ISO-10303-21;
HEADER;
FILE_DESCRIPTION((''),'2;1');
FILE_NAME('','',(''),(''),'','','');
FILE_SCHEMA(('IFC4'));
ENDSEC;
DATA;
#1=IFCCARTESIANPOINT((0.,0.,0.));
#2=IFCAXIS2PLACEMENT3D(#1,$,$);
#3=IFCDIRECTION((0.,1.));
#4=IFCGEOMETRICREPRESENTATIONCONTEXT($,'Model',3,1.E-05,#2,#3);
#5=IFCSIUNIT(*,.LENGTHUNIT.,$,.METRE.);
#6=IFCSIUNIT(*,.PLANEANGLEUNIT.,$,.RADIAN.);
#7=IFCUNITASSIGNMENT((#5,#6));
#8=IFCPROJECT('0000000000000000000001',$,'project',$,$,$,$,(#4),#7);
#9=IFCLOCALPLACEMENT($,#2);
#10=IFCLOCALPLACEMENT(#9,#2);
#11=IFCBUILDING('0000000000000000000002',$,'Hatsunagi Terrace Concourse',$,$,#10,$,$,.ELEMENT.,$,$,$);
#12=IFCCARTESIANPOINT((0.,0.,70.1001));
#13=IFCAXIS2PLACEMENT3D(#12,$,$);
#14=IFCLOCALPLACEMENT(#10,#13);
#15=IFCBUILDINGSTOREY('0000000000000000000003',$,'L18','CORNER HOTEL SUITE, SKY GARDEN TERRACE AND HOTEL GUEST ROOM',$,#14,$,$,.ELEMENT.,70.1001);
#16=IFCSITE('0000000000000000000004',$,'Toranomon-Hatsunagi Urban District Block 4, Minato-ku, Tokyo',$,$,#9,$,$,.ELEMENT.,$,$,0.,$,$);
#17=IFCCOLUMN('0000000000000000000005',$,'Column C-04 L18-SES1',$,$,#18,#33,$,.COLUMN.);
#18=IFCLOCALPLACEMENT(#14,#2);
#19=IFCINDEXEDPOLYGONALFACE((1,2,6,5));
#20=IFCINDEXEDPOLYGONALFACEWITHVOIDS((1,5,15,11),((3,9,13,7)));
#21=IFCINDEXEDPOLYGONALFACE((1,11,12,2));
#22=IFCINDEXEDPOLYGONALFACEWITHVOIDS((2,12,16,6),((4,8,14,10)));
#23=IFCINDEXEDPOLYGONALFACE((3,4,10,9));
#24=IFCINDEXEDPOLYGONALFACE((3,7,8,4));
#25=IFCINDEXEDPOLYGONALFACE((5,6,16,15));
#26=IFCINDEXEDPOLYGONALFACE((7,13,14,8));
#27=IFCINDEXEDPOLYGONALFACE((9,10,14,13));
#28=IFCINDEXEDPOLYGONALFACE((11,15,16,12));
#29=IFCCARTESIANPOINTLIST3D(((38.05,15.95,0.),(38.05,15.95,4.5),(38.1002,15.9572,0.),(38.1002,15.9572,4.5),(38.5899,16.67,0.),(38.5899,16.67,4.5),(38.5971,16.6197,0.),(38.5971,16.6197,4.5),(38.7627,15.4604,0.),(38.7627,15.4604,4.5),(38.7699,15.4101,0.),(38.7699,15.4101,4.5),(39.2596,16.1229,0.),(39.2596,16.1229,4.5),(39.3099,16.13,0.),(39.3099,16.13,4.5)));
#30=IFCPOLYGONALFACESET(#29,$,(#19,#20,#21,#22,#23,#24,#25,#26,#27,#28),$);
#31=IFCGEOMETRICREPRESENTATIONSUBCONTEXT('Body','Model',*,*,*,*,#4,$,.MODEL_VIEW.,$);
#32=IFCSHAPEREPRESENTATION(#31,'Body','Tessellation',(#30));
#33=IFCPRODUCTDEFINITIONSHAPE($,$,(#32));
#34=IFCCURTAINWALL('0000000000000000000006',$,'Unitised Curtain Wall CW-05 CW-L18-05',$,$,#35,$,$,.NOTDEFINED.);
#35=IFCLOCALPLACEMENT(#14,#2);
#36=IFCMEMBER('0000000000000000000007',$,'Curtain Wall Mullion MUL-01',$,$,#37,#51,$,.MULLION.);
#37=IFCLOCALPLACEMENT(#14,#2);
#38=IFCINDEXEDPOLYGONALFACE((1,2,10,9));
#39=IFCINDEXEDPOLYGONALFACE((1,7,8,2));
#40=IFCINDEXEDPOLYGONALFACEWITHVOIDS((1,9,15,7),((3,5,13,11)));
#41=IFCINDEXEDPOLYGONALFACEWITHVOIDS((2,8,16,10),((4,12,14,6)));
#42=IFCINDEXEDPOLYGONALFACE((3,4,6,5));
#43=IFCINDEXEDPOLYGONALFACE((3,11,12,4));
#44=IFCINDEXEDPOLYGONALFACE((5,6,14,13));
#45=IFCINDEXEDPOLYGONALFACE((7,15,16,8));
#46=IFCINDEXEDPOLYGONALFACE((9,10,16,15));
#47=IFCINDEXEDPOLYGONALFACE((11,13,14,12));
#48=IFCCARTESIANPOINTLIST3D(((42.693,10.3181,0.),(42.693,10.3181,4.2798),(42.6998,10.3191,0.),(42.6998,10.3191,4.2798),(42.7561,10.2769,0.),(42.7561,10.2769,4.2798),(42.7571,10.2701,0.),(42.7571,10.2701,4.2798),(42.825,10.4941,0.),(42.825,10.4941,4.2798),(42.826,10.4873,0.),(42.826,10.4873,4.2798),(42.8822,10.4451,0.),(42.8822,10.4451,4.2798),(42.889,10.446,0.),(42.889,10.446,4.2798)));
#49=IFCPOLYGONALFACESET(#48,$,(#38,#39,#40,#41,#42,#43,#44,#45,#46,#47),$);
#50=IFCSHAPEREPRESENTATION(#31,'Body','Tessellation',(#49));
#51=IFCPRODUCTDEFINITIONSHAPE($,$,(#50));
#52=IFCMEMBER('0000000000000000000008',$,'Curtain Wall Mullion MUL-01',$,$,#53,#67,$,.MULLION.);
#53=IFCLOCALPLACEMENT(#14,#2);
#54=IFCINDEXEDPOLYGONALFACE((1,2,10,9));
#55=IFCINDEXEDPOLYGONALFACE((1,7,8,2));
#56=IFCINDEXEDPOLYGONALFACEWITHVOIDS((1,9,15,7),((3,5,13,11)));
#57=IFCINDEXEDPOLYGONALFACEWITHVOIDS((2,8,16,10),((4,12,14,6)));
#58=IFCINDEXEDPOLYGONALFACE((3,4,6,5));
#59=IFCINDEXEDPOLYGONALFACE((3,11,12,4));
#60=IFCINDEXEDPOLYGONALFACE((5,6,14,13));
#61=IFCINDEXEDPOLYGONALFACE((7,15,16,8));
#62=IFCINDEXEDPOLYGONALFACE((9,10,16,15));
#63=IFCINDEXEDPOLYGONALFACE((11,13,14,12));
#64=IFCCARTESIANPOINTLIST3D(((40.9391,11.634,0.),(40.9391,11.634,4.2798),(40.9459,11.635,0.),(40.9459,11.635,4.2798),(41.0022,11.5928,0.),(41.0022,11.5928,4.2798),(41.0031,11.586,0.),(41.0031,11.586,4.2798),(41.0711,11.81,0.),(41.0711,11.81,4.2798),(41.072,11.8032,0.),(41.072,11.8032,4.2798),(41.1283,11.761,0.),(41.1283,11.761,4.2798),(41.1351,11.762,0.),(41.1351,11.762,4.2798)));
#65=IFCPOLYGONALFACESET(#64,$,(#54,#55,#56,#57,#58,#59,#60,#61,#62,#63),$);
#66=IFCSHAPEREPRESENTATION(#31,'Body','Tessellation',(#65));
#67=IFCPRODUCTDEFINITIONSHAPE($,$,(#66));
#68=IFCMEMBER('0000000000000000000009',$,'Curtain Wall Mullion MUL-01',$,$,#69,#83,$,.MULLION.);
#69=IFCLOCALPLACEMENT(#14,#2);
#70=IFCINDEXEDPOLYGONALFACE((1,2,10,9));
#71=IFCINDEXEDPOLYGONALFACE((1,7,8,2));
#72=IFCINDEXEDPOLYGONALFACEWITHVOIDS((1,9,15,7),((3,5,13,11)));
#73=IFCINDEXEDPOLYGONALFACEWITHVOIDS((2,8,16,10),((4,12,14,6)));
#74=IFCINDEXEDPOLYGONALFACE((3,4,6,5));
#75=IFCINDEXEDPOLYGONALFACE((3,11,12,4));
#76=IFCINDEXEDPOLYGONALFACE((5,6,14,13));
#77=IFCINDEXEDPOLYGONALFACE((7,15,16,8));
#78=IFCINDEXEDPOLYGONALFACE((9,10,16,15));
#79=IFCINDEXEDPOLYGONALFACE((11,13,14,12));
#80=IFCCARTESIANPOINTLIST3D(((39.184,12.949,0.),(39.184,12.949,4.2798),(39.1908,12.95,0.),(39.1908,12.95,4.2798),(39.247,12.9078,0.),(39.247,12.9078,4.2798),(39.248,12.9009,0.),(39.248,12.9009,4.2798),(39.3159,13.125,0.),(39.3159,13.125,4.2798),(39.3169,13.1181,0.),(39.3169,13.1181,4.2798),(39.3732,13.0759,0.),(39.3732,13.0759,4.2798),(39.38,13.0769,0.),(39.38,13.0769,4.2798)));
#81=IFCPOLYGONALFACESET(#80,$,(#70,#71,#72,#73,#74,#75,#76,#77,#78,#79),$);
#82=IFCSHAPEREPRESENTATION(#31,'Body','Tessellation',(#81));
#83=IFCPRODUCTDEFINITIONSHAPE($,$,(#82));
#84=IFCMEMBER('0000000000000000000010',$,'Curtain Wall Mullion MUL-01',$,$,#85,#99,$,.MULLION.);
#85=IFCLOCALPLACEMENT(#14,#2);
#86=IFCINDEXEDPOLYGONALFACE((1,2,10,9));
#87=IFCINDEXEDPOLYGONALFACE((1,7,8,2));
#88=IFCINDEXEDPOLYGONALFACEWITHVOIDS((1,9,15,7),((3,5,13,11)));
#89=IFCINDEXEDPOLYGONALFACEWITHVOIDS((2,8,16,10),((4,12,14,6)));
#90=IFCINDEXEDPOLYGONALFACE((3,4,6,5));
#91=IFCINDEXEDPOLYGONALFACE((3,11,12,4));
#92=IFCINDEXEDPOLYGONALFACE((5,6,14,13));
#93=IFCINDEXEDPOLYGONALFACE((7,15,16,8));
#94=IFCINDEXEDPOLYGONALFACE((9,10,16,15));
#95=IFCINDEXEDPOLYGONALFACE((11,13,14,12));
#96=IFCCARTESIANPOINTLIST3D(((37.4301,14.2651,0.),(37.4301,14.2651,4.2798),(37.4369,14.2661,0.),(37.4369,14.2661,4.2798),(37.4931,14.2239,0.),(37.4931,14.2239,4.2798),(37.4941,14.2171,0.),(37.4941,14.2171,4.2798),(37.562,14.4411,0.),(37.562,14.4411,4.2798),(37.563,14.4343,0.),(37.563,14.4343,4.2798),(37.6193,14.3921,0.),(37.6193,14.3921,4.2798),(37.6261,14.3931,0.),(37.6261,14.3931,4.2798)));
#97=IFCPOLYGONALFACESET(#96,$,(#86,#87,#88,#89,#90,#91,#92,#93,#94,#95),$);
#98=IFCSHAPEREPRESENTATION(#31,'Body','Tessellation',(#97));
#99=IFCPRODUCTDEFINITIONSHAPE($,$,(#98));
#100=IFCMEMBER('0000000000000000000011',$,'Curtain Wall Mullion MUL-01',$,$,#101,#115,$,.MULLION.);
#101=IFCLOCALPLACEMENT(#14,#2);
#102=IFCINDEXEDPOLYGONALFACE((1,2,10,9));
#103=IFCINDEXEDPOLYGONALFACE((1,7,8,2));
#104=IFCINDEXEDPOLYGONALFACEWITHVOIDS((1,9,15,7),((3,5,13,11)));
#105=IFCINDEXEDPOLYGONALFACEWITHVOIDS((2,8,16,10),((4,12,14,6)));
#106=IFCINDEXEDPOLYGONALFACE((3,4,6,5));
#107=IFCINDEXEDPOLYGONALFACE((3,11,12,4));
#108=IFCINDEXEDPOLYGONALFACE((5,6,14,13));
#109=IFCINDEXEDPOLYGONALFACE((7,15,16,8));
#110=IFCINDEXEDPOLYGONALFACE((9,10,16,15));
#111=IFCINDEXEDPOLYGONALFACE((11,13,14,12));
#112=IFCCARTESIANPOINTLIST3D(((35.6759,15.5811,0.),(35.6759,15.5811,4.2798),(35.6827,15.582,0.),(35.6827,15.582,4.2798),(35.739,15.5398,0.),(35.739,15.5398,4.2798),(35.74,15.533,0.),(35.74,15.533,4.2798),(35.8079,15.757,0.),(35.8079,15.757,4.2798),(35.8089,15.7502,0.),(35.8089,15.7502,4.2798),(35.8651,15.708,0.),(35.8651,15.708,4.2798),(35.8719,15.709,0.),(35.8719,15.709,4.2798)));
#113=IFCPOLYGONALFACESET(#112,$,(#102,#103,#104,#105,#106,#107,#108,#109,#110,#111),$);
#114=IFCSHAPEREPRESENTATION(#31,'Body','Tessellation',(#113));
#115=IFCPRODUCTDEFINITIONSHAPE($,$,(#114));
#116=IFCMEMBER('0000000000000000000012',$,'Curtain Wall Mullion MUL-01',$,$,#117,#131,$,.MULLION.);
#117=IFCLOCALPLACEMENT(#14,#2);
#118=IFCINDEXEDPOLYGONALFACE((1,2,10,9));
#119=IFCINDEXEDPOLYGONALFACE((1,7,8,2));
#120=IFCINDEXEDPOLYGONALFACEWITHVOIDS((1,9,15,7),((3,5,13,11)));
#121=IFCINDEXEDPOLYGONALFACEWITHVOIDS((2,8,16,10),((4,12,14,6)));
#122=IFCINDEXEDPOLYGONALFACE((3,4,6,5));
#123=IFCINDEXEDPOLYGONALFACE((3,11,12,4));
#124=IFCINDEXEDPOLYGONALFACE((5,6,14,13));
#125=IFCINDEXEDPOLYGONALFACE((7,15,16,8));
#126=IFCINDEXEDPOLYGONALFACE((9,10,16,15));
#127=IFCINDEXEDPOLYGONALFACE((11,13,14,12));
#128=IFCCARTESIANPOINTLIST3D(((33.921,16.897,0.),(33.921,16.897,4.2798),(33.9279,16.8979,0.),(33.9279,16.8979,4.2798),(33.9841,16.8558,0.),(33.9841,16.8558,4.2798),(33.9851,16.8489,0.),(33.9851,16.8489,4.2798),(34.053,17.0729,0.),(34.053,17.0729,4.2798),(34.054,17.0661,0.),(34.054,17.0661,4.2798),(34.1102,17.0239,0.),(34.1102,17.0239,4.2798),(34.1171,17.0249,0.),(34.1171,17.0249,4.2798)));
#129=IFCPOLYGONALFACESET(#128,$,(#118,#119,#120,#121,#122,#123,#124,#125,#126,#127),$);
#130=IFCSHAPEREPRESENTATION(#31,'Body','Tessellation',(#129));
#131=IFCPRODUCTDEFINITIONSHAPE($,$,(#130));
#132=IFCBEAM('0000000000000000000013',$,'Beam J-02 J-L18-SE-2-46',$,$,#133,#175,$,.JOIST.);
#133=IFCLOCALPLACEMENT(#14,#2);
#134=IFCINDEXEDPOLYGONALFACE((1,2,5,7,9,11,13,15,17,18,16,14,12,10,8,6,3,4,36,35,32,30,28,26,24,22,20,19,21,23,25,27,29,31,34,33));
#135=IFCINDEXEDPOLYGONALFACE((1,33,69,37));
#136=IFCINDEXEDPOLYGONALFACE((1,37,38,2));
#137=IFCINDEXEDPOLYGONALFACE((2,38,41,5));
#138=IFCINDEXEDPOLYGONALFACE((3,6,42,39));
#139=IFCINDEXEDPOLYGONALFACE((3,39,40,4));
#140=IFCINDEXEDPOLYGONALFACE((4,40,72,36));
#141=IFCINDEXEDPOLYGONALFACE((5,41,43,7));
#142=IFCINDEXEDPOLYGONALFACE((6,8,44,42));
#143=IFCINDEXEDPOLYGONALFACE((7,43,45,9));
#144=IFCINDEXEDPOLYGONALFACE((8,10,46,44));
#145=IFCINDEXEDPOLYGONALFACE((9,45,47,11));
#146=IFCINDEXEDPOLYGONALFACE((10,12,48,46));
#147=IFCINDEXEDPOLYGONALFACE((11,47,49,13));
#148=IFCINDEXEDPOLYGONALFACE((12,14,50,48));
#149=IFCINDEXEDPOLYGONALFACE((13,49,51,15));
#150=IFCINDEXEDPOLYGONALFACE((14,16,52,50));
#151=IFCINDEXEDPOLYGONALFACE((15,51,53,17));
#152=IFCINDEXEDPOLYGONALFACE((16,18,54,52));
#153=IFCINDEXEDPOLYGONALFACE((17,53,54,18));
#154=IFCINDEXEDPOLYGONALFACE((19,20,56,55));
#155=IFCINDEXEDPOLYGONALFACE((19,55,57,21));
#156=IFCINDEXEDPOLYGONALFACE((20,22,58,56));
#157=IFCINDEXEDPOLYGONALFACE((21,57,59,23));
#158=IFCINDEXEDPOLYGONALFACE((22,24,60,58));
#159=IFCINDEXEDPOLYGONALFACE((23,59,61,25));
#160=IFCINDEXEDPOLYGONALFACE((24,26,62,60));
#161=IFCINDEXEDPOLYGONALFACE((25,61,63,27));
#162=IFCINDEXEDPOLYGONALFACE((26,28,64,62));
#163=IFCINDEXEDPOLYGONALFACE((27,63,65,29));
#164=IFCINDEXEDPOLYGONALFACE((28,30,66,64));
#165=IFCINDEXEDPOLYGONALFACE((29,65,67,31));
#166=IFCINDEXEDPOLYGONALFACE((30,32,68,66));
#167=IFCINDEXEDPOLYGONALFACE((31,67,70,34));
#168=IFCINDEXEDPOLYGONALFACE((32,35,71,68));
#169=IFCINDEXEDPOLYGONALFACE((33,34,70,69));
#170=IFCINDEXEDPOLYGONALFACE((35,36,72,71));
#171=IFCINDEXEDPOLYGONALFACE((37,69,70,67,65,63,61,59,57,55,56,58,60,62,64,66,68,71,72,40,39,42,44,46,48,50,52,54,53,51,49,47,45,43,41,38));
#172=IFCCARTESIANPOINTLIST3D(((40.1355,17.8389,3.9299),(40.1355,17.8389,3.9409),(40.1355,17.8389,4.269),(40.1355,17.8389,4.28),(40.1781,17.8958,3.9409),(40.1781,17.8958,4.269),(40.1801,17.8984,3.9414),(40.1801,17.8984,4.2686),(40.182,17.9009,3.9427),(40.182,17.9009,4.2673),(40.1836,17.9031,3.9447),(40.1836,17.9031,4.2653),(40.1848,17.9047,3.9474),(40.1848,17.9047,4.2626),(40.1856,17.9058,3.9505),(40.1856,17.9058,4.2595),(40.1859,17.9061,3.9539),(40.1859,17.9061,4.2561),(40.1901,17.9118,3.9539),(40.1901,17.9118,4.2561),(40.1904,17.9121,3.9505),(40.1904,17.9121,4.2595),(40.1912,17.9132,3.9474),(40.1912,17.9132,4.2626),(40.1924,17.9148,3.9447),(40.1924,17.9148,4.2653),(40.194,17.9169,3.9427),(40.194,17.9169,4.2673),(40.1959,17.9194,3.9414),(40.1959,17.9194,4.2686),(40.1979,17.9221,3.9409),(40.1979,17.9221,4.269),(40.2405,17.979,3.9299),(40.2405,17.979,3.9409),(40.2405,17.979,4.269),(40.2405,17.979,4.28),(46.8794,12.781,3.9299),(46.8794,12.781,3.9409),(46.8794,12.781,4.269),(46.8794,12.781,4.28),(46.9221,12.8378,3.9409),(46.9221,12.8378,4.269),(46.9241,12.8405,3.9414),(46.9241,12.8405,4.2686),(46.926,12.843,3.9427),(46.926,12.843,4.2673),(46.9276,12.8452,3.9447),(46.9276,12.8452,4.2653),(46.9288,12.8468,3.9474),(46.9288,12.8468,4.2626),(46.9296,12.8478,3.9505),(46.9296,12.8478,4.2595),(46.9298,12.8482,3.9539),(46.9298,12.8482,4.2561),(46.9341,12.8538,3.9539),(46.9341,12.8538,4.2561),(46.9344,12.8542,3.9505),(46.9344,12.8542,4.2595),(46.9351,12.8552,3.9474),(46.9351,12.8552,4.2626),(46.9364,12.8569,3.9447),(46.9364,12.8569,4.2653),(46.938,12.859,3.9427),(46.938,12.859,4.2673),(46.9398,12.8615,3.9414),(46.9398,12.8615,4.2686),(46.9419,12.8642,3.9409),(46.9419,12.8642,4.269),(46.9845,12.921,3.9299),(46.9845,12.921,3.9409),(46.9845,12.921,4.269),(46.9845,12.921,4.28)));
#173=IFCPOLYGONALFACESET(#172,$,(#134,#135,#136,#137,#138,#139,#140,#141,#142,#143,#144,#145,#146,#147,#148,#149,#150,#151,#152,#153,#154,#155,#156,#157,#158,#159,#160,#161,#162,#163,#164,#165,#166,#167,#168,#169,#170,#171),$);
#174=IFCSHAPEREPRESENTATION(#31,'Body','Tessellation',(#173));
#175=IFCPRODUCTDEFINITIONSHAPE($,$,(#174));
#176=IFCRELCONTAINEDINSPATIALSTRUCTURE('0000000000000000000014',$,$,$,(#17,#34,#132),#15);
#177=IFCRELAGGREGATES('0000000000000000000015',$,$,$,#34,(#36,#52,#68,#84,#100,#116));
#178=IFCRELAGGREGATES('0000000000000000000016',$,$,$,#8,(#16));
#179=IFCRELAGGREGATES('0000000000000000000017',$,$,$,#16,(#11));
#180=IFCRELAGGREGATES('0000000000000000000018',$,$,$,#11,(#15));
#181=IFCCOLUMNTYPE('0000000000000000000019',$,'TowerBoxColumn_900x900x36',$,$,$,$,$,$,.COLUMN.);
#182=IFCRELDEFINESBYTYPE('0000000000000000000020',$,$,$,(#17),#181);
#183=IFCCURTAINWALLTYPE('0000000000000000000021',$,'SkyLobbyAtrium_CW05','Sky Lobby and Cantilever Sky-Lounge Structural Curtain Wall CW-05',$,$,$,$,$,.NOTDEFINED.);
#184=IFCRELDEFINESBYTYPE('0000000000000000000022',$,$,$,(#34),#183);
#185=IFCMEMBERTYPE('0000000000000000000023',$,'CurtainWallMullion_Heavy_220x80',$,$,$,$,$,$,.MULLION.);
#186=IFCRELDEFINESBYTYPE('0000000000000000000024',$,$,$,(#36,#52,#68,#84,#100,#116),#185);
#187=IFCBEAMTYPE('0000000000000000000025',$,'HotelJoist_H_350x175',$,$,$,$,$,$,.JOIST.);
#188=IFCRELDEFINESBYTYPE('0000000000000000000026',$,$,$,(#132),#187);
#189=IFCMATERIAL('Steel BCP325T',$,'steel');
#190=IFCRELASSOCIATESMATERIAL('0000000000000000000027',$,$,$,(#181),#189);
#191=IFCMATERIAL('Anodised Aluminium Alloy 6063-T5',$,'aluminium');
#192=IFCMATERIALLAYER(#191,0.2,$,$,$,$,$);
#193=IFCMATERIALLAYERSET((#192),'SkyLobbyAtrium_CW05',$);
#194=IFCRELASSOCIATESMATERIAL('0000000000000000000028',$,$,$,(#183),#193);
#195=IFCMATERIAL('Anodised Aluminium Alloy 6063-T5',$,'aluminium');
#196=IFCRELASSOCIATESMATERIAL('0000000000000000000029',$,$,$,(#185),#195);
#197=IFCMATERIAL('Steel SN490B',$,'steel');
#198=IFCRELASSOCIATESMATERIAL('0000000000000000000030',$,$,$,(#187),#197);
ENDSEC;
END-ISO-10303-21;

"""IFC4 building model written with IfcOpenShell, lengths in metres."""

from ifc_helpers import new_model, si_unit, direction, frame, origin, origin_2d, place, context, subcontext, project, spatial, hollow_rectangle, i_section, extrude, material, layer, layer_set, material_profile, profile_set, type_object, element, aggregate, save


model = new_model("IFC4")

# Units and contexts
model_context = context("Model", 3, precision=1e-05, world=origin(), true_north=direction((0.0, 1.0)))
body_context = subcontext(model_context, "Body", "Model", "MODEL_VIEW")
ifc_project = project(units=[si_unit("LENGTHUNIT", "METRE"), si_unit("PLANEANGLEUNIT", "RADIAN")], contexts=[model_context])

# Site, building, storey
site_placement = place(None, origin())
site = spatial("IfcSite", under=ifc_project, at=site_placement, Name="Toranomon-Hatsunagi Urban District Block 4, Minato-ku, Tokyo", CompositionType="ELEMENT", RefElevation=0.0)
building_placement = place(site_placement, origin())
building = spatial("IfcBuilding", under=site, at=building_placement, Name="Hatsunagi Terrace Concourse", CompositionType="ELEMENT")
storey_placement = place(building_placement, frame((0.0, 0.0, 70.1001)))
storey = spatial("IfcBuildingStorey", under=building, at=storey_placement, Name="L18", Description="CORNER HOTEL SUITE, SKY GARDEN TERRACE AND HOTEL GUEST ROOM", CompositionType="ELEMENT", Elevation=70.1001)

# Column
ifc_material_1 = material(Name="Steel BCP325T", Category="steel")
ifc_material_profile_1 = material_profile(ifc_material_1, hollow_rectangle(XDim=0.8999, YDim=0.8999, WallThickness=0.0359, at=origin_2d()), Name="BCP-900x900x36")
ifc_profile_set_1 = profile_set([ifc_material_profile_1], Name="Steel BCP325T")
column_type = type_object("IfcColumnType", Name="TowerBoxColumn_900x900x36", PredefinedType="COLUMN", material=ifc_profile_set_1)
column_placement = place(storey_placement, frame((38.6799, 16.04, 0.0), z_axis=(0.0, 0.0, 1.0), x_axis=(0.8, -0.6, 0.0)))
element("IfcColumn", 1, at=column_placement, inside=storey, type_object=column_type, Name="Column C-04 L18-SES1", PredefinedType="COLUMN", context=body_context, shape_type="SweptSolid", body=[
    extrude(hollow_rectangle(XDim=0.8999, YDim=0.8999, WallThickness=0.0359, at=origin_2d()), origin(), (0.0, 0.0, 1.0), 4.5),
])

# Curtain wall, members
ifc_material_2 = material(Name="Anodised Aluminium Alloy 6063-T5", Category="aluminium")
ifc_layer_1 = layer(ifc_material_2, 0.2)
ifc_layer_set_1 = layer_set([ifc_layer_1], Name="SkyLobbyAtrium_CW05")
curtain_wall_type = type_object("IfcCurtainWallType", Name="SkyLobbyAtrium_CW05", Description="Sky Lobby and Cantilever Sky-Lounge Structural Curtain Wall CW-05", PredefinedType="NOTDEFINED", material=ifc_layer_set_1)
curtain_wall_placement = place(storey_placement, origin())
curtain_wall = element("IfcCurtainWall", 2, at=curtain_wall_placement, inside=storey, type_object=curtain_wall_type, Name="Unitised Curtain Wall CW-05 CW-L18-05", PredefinedType="NOTDEFINED")
ifc_material_3 = material(Name="Anodised Aluminium Alloy 6063-T5", Category="aluminium")
ifc_material_profile_2 = material_profile(ifc_material_3, hollow_rectangle(XDim=0.0801, YDim=0.22, WallThickness=0.0049, at=origin_2d()), Name="ALU-MUL-220x80x5")
ifc_profile_set_2 = profile_set([ifc_material_profile_2], Name="Anodised Aluminium Alloy 6063-T5")
member_type = type_object("IfcMemberType", Name="CurtainWallMullion_Heavy_220x80", PredefinedType="MULLION", material=ifc_profile_set_2)
member_1_placement = place(storey_placement, frame((42.791, 10.3821, 0.0), z_axis=(0.0, 0.0, 1.0), x_axis=(-0.800003, 0.599996, 0.0)))
member_1 = element("IfcMember", 3, at=member_1_placement, type_object=member_type, Name="Curtain Wall Mullion MUL-01", PredefinedType="MULLION", context=body_context, shape_type="SweptSolid", body=[
    extrude(hollow_rectangle(XDim=0.0801, YDim=0.22, WallThickness=0.0049, at=origin_2d()), origin(), (0.0, 0.0, 1.0), 4.2798),
])
member_2_placement = place(storey_placement, frame((41.0371, 11.698, 0.0), z_axis=(0.0, 0.0, 1.0), x_axis=(-0.800003, 0.599996, 0.0)))
member_2 = element("IfcMember", 4, at=member_2_placement, type_object=member_type, Name="Curtain Wall Mullion MUL-01", PredefinedType="MULLION", context=body_context, shape_type="SweptSolid", body=[
    extrude(hollow_rectangle(XDim=0.0801, YDim=0.22, WallThickness=0.0049, at=origin_2d()), origin(), (0.0, 0.0, 1.0), 4.2798),
])
member_3_placement = place(storey_placement, frame((39.282, 13.0129, 0.0), z_axis=(0.0, 0.0, 1.0), x_axis=(-0.800003, 0.599996, 0.0)))
member_3 = element("IfcMember", 5, at=member_3_placement, type_object=member_type, Name="Curtain Wall Mullion MUL-01", PredefinedType="MULLION", context=body_context, shape_type="SweptSolid", body=[
    extrude(hollow_rectangle(XDim=0.0801, YDim=0.22, WallThickness=0.0049, at=origin_2d()), origin(), (0.0, 0.0, 1.0), 4.2798),
])
member_4_placement = place(storey_placement, frame((37.5281, 14.3291, 0.0), z_axis=(0.0, 0.0, 1.0), x_axis=(-0.800003, 0.599996, 0.0)))
member_4 = element("IfcMember", 6, at=member_4_placement, type_object=member_type, Name="Curtain Wall Mullion MUL-01", PredefinedType="MULLION", context=body_context, shape_type="SweptSolid", body=[
    extrude(hollow_rectangle(XDim=0.0801, YDim=0.22, WallThickness=0.0049, at=origin_2d()), origin(), (0.0, 0.0, 1.0), 4.2798),
])
member_5_placement = place(storey_placement, frame((35.7739, 15.645, 0.0), z_axis=(0.0, 0.0, 1.0), x_axis=(-0.800003, 0.599996, 0.0)))
member_5 = element("IfcMember", 7, at=member_5_placement, type_object=member_type, Name="Curtain Wall Mullion MUL-01", PredefinedType="MULLION", context=body_context, shape_type="SweptSolid", body=[
    extrude(hollow_rectangle(XDim=0.0801, YDim=0.22, WallThickness=0.0049, at=origin_2d()), origin(), (0.0, 0.0, 1.0), 4.2798),
])
member_6_placement = place(storey_placement, frame((34.019, 16.9609, 0.0), z_axis=(0.0, 0.0, 1.0), x_axis=(-0.800003, 0.599996, 0.0)))
member_6 = element("IfcMember", 8, at=member_6_placement, type_object=member_type, Name="Curtain Wall Mullion MUL-01", PredefinedType="MULLION", context=body_context, shape_type="SweptSolid", body=[
    extrude(hollow_rectangle(XDim=0.0801, YDim=0.22, WallThickness=0.0049, at=origin_2d()), origin(), (0.0, 0.0, 1.0), 4.2798),
])

# Beam
ifc_material_4 = material(Name="Steel SN490B", Category="steel")
ifc_material_profile_3 = material_profile(ifc_material_4, i_section(OverallWidth=0.175, OverallDepth=0.3501, WebThickness=0.0071, FlangeThickness=0.011, FilletRadius=0.0129, at=origin_2d()), Name="H-350x175x7x11")
ifc_profile_set_3 = profile_set([ifc_material_profile_3], Name="Steel SN490B")
beam_type_1 = type_object("IfcBeamType", Name="HotelJoist_H_350x175", PredefinedType="JOIST", material=ifc_profile_set_3)
beam_1_placement = place(storey_placement, frame((40.188, 17.9089, 4.105), z_axis=(0.800003, -0.599995, 0.0), x_axis=(0.599995, 0.800003, 0.0)))
element("IfcBeam", 9, at=beam_1_placement, inside=storey, type_object=beam_type_1, Name="Beam J-02 J-L18-SE-2-46", PredefinedType="JOIST", context=body_context, shape_type="SweptSolid", body=[
    extrude(i_section(OverallWidth=0.175, OverallDepth=0.3501, WebThickness=0.0071, FlangeThickness=0.011, FilletRadius=0.0129, at=origin_2d()), origin(), (0.0, 0.0, 1.0), 8.4299),
])

aggregate(curtain_wall, [member_1, member_2, member_3, member_4, member_5, member_6])

save(model, "model.ifc")
